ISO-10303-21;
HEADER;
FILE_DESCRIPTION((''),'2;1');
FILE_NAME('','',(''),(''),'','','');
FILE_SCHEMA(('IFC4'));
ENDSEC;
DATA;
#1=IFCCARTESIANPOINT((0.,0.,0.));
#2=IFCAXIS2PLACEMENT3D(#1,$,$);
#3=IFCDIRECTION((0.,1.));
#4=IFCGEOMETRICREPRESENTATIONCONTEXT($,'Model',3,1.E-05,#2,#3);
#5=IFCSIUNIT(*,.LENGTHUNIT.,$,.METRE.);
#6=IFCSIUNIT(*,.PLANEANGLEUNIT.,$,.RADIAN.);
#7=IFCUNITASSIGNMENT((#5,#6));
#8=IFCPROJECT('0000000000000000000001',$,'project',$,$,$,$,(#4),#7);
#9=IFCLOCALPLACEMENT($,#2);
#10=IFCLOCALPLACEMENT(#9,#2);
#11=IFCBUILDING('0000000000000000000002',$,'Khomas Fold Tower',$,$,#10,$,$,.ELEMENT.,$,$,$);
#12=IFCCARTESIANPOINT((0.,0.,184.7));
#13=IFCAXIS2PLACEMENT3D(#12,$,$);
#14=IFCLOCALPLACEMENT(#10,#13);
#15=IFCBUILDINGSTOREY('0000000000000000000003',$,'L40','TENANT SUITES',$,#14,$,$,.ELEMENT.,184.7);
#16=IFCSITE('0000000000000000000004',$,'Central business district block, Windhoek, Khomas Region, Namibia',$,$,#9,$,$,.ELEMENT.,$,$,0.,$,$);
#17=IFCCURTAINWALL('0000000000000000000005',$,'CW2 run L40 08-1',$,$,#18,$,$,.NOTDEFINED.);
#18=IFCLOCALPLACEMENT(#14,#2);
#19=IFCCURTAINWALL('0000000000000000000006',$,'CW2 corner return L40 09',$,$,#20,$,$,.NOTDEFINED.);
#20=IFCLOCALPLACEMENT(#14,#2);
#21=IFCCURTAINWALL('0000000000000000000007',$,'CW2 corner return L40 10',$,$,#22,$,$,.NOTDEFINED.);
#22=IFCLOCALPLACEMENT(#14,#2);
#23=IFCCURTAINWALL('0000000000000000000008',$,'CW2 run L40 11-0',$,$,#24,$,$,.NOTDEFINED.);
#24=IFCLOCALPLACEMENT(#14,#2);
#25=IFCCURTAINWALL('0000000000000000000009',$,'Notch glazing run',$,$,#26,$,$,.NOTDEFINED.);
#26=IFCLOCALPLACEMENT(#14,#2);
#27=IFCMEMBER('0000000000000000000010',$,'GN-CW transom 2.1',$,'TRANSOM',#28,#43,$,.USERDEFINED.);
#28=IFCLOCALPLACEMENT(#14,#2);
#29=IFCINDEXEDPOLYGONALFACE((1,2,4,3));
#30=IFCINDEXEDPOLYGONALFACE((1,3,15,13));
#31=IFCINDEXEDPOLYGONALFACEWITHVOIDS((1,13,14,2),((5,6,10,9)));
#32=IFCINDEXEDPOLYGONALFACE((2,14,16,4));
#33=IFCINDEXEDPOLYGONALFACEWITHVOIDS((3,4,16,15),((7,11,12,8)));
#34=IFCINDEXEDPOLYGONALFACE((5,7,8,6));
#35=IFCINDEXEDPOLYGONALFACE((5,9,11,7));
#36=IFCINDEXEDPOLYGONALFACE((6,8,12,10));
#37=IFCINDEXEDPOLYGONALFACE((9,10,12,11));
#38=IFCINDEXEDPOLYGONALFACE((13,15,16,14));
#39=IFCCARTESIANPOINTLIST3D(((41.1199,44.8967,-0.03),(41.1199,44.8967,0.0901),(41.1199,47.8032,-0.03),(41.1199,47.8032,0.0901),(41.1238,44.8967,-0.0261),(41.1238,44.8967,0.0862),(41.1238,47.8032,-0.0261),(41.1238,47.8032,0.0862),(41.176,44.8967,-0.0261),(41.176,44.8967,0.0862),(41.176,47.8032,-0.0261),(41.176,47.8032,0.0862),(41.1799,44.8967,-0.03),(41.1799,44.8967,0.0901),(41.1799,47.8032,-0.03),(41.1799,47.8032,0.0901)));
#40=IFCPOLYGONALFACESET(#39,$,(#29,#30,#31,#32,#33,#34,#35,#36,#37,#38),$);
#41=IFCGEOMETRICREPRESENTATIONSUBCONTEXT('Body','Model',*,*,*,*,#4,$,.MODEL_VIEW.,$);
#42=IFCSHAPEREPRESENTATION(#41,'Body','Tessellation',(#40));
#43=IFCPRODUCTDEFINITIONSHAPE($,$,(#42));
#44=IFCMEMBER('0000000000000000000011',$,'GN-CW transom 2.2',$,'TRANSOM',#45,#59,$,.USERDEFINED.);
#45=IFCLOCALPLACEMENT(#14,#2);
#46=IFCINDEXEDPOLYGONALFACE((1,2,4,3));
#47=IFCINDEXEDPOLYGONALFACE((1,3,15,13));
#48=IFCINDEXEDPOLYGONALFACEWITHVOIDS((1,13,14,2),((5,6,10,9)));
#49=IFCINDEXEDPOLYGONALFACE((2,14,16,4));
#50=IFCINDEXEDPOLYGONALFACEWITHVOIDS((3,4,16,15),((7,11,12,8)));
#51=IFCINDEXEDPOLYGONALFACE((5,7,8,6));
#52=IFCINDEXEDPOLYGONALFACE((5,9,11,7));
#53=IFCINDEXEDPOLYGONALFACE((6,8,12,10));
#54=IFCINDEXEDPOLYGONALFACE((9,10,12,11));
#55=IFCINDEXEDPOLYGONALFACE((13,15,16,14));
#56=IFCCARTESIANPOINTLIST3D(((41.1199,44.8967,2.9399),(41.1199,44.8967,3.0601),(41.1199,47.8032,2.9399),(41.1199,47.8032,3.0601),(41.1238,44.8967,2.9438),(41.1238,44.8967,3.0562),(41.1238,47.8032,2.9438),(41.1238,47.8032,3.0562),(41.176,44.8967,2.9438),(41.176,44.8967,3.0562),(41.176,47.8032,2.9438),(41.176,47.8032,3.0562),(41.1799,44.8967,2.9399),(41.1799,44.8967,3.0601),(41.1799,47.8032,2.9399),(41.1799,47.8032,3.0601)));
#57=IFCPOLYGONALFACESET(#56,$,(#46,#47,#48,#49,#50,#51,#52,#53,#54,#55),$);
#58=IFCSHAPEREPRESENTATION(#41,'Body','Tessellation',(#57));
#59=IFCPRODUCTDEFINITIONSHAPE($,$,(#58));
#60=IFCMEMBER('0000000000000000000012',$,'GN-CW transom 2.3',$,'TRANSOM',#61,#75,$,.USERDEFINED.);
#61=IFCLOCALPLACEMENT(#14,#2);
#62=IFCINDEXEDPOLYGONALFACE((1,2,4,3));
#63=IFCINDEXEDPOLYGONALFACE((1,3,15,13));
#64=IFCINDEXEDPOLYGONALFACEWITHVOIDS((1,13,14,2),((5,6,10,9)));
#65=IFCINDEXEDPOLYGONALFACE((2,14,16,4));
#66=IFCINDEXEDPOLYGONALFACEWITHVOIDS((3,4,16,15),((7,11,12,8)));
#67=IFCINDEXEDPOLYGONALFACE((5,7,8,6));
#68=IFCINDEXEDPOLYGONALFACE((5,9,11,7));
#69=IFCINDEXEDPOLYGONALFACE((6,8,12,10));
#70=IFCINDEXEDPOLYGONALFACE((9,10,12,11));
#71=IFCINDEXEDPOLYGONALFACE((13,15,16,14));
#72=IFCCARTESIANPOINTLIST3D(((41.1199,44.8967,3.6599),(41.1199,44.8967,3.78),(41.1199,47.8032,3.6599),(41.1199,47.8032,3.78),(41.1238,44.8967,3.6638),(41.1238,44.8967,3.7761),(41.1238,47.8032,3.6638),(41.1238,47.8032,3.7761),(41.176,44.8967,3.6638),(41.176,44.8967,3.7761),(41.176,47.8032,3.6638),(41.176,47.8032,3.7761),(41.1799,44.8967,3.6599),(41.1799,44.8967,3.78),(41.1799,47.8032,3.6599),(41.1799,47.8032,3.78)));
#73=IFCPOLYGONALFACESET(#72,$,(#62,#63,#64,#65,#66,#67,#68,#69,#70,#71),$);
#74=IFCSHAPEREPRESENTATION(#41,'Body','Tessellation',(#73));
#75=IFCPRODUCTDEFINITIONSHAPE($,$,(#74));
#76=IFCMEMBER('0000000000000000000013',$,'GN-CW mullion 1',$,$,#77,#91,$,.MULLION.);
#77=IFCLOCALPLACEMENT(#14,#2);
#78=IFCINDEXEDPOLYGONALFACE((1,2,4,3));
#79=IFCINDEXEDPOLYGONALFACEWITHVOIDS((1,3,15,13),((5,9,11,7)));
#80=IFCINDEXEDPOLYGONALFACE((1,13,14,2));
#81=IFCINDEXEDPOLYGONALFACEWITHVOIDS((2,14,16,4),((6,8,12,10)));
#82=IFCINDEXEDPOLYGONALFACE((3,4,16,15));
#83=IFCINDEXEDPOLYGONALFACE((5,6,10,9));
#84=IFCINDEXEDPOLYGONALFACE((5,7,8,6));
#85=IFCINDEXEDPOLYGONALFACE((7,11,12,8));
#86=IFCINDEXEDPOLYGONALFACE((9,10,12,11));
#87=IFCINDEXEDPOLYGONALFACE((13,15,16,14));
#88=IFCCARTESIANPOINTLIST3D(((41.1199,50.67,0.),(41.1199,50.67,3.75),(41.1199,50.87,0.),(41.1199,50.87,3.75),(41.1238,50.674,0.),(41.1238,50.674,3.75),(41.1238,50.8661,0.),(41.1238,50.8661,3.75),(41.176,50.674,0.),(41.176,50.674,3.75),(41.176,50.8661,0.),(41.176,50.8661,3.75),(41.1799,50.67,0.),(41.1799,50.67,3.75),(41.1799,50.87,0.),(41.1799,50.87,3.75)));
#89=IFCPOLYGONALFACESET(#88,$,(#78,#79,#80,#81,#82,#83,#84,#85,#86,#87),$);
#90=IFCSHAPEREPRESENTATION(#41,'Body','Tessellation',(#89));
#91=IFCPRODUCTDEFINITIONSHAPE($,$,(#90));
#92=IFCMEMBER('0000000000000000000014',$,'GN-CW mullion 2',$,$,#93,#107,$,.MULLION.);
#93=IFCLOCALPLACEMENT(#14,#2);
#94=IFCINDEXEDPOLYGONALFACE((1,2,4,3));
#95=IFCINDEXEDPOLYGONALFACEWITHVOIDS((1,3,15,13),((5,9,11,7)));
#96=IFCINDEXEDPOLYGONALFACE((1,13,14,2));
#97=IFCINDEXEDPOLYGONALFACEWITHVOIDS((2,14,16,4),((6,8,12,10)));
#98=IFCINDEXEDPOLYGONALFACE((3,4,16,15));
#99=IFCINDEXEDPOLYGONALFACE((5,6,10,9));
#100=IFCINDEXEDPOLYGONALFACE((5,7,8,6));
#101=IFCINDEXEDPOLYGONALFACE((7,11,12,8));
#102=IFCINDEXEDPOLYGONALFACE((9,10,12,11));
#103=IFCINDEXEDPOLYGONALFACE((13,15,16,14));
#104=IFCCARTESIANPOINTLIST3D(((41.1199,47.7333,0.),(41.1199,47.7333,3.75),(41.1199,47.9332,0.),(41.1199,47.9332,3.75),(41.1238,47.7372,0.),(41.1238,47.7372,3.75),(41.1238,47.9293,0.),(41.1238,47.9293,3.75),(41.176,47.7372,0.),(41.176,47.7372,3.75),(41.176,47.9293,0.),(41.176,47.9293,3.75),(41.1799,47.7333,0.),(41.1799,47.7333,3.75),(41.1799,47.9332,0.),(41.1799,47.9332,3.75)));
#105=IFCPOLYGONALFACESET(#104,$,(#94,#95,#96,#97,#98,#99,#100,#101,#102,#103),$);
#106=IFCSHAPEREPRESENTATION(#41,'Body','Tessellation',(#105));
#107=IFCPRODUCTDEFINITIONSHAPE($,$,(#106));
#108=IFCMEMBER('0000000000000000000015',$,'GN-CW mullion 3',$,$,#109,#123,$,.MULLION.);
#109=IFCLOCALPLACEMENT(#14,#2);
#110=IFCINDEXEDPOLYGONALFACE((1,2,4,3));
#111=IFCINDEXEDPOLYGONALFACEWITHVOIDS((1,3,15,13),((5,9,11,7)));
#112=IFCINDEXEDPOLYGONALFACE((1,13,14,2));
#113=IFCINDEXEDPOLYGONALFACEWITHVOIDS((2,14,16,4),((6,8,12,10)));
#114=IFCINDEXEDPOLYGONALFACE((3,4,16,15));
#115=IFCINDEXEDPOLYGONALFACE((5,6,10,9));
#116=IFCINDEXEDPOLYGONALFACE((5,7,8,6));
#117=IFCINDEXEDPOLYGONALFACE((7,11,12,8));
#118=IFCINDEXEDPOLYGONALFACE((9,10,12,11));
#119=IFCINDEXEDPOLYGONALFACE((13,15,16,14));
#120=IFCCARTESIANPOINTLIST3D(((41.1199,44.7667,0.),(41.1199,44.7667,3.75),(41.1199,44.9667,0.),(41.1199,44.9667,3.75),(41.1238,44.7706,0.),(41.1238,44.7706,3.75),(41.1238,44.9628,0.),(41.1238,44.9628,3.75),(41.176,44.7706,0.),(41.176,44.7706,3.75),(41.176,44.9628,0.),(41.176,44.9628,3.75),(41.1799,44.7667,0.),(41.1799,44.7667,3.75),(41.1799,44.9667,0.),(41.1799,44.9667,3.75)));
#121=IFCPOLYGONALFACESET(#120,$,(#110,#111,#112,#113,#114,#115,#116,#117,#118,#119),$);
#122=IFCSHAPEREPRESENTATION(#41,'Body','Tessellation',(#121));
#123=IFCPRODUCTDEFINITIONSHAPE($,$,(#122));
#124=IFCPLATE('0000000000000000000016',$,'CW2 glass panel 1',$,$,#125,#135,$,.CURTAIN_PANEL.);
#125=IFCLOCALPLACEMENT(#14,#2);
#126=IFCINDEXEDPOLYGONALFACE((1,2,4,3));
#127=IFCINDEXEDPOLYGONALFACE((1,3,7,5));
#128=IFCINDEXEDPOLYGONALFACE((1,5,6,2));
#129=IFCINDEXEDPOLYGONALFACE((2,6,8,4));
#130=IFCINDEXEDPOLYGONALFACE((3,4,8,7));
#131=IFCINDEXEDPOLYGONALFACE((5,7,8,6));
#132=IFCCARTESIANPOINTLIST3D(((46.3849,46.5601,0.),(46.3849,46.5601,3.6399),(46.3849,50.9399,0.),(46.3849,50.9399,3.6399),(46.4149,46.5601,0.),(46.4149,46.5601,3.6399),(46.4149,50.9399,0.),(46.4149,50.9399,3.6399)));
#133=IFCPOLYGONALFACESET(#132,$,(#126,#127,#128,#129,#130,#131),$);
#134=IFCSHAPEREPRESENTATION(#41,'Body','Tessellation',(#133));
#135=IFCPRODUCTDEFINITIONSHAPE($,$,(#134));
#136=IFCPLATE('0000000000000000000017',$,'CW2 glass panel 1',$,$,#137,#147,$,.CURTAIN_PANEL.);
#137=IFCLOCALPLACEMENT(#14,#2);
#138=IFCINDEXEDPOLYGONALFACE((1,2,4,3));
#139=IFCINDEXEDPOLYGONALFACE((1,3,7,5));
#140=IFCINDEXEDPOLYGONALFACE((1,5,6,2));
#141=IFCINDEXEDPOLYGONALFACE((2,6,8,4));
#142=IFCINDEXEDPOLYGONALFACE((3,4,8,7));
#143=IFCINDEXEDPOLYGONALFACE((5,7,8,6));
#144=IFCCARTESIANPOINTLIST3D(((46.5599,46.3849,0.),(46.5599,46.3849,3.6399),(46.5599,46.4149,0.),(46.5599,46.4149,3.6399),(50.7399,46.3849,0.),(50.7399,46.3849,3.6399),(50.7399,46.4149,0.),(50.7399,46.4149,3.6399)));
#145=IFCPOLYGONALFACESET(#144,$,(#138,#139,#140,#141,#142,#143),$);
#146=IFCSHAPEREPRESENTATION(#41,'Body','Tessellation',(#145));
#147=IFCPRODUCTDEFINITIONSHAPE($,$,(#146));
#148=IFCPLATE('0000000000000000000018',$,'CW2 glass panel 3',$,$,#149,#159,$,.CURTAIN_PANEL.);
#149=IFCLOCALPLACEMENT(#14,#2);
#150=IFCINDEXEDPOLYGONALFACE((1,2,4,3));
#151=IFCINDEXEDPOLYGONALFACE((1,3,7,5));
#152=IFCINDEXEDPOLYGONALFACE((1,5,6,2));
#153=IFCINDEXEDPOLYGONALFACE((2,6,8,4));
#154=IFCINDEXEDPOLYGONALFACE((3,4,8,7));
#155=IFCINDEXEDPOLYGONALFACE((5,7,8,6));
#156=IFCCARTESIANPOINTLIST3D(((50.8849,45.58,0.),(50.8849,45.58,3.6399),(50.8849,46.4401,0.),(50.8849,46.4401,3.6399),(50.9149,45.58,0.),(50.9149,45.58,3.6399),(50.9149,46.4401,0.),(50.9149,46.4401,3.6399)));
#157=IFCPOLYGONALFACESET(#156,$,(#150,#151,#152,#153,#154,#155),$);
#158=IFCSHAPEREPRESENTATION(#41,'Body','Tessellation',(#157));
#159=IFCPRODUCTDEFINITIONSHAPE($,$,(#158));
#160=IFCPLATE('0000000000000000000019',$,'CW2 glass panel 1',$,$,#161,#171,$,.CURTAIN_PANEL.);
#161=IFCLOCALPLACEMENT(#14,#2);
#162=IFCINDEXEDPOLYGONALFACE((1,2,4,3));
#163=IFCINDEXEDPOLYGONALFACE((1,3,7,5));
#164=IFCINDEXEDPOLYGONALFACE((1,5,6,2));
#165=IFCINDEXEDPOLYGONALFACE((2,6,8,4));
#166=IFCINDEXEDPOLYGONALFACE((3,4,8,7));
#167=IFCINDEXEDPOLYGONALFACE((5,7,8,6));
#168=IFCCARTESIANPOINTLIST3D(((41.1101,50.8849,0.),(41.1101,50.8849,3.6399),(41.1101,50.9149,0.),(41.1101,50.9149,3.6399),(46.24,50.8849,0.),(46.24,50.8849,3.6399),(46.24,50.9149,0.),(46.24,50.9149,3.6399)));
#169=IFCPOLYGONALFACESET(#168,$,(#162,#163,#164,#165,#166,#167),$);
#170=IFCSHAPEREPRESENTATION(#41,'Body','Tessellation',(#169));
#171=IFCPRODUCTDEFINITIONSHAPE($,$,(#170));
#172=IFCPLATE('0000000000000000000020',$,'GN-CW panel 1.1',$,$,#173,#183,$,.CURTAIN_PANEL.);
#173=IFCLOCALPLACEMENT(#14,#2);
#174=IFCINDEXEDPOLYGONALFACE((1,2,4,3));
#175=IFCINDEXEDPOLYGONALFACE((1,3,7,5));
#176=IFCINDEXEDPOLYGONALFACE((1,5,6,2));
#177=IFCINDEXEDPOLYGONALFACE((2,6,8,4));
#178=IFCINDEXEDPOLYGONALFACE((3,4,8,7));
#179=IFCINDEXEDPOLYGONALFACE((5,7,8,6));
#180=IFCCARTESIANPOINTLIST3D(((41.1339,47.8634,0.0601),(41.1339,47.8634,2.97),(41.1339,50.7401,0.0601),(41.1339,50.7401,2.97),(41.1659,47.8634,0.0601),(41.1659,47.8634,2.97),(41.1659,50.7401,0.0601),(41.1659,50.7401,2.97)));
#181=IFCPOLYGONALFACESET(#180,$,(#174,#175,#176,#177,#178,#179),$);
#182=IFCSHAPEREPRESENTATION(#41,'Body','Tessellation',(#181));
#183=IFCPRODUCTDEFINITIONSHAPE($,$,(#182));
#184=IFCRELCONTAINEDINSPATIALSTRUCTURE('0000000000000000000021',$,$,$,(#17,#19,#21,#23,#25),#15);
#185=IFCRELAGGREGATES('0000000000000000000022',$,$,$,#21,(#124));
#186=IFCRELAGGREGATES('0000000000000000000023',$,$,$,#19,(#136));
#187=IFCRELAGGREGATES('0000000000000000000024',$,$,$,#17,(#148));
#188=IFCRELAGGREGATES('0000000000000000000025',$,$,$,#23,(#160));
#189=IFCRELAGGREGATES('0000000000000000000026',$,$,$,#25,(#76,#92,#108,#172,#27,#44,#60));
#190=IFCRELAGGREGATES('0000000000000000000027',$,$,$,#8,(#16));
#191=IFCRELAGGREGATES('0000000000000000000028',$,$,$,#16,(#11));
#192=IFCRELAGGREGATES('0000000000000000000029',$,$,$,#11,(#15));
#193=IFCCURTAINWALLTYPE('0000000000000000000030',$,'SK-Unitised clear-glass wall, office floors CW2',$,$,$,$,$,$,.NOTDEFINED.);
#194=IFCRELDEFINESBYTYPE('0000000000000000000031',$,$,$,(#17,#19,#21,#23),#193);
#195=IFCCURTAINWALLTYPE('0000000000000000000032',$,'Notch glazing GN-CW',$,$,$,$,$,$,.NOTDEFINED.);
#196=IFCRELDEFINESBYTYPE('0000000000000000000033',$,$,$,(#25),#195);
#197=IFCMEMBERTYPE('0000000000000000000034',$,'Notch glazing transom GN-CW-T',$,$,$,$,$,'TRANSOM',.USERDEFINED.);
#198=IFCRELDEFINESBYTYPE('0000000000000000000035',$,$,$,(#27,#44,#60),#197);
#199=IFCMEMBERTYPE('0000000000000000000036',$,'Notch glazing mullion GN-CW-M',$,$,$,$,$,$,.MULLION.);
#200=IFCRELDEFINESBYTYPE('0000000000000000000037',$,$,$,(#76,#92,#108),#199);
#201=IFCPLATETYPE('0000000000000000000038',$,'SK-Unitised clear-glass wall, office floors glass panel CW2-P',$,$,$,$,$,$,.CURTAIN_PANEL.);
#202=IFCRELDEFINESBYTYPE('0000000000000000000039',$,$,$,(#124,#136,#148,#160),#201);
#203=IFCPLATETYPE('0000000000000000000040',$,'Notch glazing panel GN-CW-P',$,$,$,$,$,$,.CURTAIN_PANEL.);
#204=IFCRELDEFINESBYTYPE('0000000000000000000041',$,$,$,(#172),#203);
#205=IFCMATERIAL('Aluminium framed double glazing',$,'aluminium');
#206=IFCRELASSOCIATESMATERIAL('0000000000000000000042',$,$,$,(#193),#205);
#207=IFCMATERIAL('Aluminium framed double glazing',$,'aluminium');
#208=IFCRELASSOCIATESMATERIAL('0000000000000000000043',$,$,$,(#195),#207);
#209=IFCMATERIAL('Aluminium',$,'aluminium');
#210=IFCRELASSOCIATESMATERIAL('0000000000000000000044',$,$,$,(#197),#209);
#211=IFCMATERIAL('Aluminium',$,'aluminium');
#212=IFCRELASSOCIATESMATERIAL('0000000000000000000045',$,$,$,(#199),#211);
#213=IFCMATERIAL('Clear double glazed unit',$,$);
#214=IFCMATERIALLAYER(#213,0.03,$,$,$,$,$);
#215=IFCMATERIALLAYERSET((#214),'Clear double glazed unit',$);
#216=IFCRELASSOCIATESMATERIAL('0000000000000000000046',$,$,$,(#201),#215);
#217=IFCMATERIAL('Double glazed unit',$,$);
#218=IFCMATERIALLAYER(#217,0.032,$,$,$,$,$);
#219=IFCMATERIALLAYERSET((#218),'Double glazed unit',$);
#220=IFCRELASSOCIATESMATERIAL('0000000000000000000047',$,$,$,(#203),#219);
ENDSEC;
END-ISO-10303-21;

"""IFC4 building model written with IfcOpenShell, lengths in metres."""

from ifc_helpers import new_model, si_unit, direction, frame, origin, origin_2d, place, context, subcontext, project, spatial, rectangle, hollow_rectangle, extrude, source, transform, mapped, material, layer, layer_set, material_profile, profile_set, type_object, element, aggregate, save


model = new_model("IFC4")

# Units and contexts
model_context = context("Model", 3, precision=1e-05, world=origin(), true_north=direction((0.0, 1.0)))
body_context = subcontext(model_context, "Body", "Model", "MODEL_VIEW")
ifc_project = project(units=[si_unit("LENGTHUNIT", "METRE"), si_unit("PLANEANGLEUNIT", "RADIAN")], contexts=[model_context])

# Site, building, storey
site_placement = place(None, origin())
site = spatial("IfcSite", under=ifc_project, at=site_placement, Name="Central business district block, Windhoek, Khomas Region, Namibia", CompositionType="ELEMENT", RefElevation=0.0)
building_placement = place(site_placement, origin())
building = spatial("IfcBuilding", under=site, at=building_placement, Name="Khomas Fold Tower", CompositionType="ELEMENT")
storey_placement = place(building_placement, frame((0.0, 0.0, 184.7)))
storey = spatial("IfcBuildingStorey", under=building, at=storey_placement, Name="L40", Description="TENANT SUITES", CompositionType="ELEMENT", Elevation=184.7)

# Curtain walls
ifc_material_1 = material(Name="Aluminium framed double glazing", Category="aluminium")
curtain_wall_type_1 = type_object("IfcCurtainWallType", Name="SK-Unitised clear-glass wall, office floors CW2", PredefinedType="NOTDEFINED", material=ifc_material_1)
curtain_wall_1_placement = place(storey_placement, origin())
curtain_wall_1 = element("IfcCurtainWall", 1, at=curtain_wall_1_placement, inside=storey, type_object=curtain_wall_type_1, Name="CW2 run L40 08-1", PredefinedType="NOTDEFINED")
curtain_wall_2_placement = place(storey_placement, origin())
curtain_wall_2 = element("IfcCurtainWall", 2, at=curtain_wall_2_placement, inside=storey, type_object=curtain_wall_type_1, Name="CW2 corner return L40 09", PredefinedType="NOTDEFINED")
curtain_wall_3_placement = place(storey_placement, origin())
curtain_wall_3 = element("IfcCurtainWall", 3, at=curtain_wall_3_placement, inside=storey, type_object=curtain_wall_type_1, Name="CW2 corner return L40 10", PredefinedType="NOTDEFINED")

# Curtain wall
curtain_wall_4_placement = place(storey_placement, origin())
curtain_wall_4 = element("IfcCurtainWall", 4, at=curtain_wall_4_placement, inside=storey, type_object=curtain_wall_type_1, Name="CW2 run L40 11-0", PredefinedType="NOTDEFINED")

# Curtain wall, members
ifc_material_2 = material(Name="Aluminium framed double glazing", Category="aluminium")
curtain_wall_type_2 = type_object("IfcCurtainWallType", Name="Notch glazing GN-CW", PredefinedType="NOTDEFINED", material=ifc_material_2)
curtain_wall_5_placement = place(storey_placement, origin())
curtain_wall_5 = element("IfcCurtainWall", 5, at=curtain_wall_5_placement, inside=storey, type_object=curtain_wall_type_2, Name="Notch glazing run", PredefinedType="NOTDEFINED")
ifc_material_3 = material(Name="Aluminium", Category="aluminium")
ifc_material_profile_1 = material_profile(ifc_material_3, hollow_rectangle(XDim=0.0601, YDim=0.1201, WallThickness=0.0039, at=origin_2d()), Name="Notch glazing transom GN-CW-T")
ifc_profile_set_1 = profile_set([ifc_material_profile_1], Name="Aluminium")
member_type_1 = type_object("IfcMemberType", Name="Notch glazing transom GN-CW-T", ElementType="TRANSOM", PredefinedType="USERDEFINED", material=ifc_profile_set_1)
shared_shape_1 = source(origin(), body_context, "Body", "SweptSolid", [
    extrude(hollow_rectangle(XDim=0.0601, YDim=0.1201, WallThickness=0.0039, at=origin_2d()), origin(), (0.0, 0.0, 1.0), 2.9065),
])
member_1_placement = place(storey_placement, frame((41.1499, 47.8032, 0.03), z_axis=(0.0, -1.0, 0.0), x_axis=(1.0, 0.0, 0.0)))
member_1 = element("IfcMember", 6, at=member_1_placement, type_object=member_type_1, Name="GN-CW transom 2.1", ObjectType="TRANSOM", PredefinedType="USERDEFINED", context=body_context, shape_type="MappedRepresentation", body=[
    mapped(shared_shape_1, transform((0.0, 0.0, 0.0))),
])
member_2_placement = place(storey_placement, frame((41.1499, 47.8032, 3.0), z_axis=(0.0, -1.0, 0.0), x_axis=(1.0, 0.0, 0.0)))
member_2 = element("IfcMember", 7, at=member_2_placement, type_object=member_type_1, Name="GN-CW transom 2.2", ObjectType="TRANSOM", PredefinedType="USERDEFINED", context=body_context, shape_type="MappedRepresentation", body=[
    mapped(shared_shape_1, transform((0.0, 0.0, 0.0))),
])
member_3_placement = place(storey_placement, frame((41.1499, 47.8032, 3.72), z_axis=(0.0, -1.0, 0.0), x_axis=(1.0, 0.0, 0.0)))
member_3 = element("IfcMember", 8, at=member_3_placement, type_object=member_type_1, Name="GN-CW transom 2.3", ObjectType="TRANSOM", PredefinedType="USERDEFINED", context=body_context, shape_type="MappedRepresentation", body=[
    mapped(shared_shape_1, transform((0.0, 0.0, 0.0))),
])
ifc_material_4 = material(Name="Aluminium", Category="aluminium")
ifc_material_profile_2 = material_profile(ifc_material_4, hollow_rectangle(XDim=0.0601, YDim=0.2, WallThickness=0.0039, at=origin_2d()), Name="Notch glazing mullion GN-CW-M")
ifc_profile_set_2 = profile_set([ifc_material_profile_2], Name="Aluminium")
member_type_2 = type_object("IfcMemberType", Name="Notch glazing mullion GN-CW-M", PredefinedType="MULLION", material=ifc_profile_set_2)
shared_shape_2 = source(origin(), body_context, "Body", "SweptSolid", [
    extrude(hollow_rectangle(XDim=0.0601, YDim=0.2, WallThickness=0.0039, at=origin_2d()), origin(), (0.0, 0.0, 1.0), 3.75),
])
member_4_placement = place(storey_placement, frame((41.1499, 50.77, 0.0), z_axis=(0.0, 0.0, 1.0), x_axis=(1.0, 0.0, 0.0)))
member_4 = element("IfcMember", 9, at=member_4_placement, type_object=member_type_2, Name="GN-CW mullion 1", PredefinedType="MULLION", context=body_context, shape_type="MappedRepresentation", body=[
    mapped(shared_shape_2, transform((0.0, 0.0, 0.0))),
])
member_5_placement = place(storey_placement, frame((41.1499, 47.8333, 0.0), z_axis=(0.0, 0.0, 1.0), x_axis=(1.0, 0.0, 0.0)))
member_5 = element("IfcMember", 10, at=member_5_placement, type_object=member_type_2, Name="GN-CW mullion 2", PredefinedType="MULLION", context=body_context, shape_type="MappedRepresentation", body=[
    mapped(shared_shape_2, transform((0.0, 0.0, 0.0))),
])
member_6_placement = place(storey_placement, frame((41.1499, 44.8667, 0.0), z_axis=(0.0, 0.0, 1.0), x_axis=(1.0, 0.0, 0.0)))
member_6 = element("IfcMember", 11, at=member_6_placement, type_object=member_type_2, Name="GN-CW mullion 3", PredefinedType="MULLION", context=body_context, shape_type="MappedRepresentation", body=[
    mapped(shared_shape_2, transform((0.0, 0.0, 0.0))),
])

# Plates
ifc_material_5 = material(Name="Clear double glazed unit")
ifc_layer_1 = layer(ifc_material_5, 0.03)
ifc_layer_set_1 = layer_set([ifc_layer_1], Name="Clear double glazed unit")
plate_type_1 = type_object("IfcPlateType", Name="SK-Unitised clear-glass wall, office floors glass panel CW2-P", PredefinedType="CURTAIN_PANEL", material=ifc_layer_set_1)
shared_shape_3 = source(origin(), body_context, "Body", "SweptSolid", [
    extrude(rectangle(XDim=4.3799, YDim=0.03, at=origin_2d()), origin(), (0.0, 0.0, 1.0), 3.6399),
])
plate_1_placement = place(storey_placement, frame((46.3999, 48.75, 0.0), z_axis=(0.0, 0.0, 1.0), x_axis=(0.0, 1.0, 0.0)))
plate_1 = element("IfcPlate", 12, at=plate_1_placement, type_object=plate_type_1, Name="CW2 glass panel 1", PredefinedType="CURTAIN_PANEL", context=body_context, shape_type="MappedRepresentation", body=[
    mapped(shared_shape_3, transform((0.0, 0.0, 0.0))),
])
aggregate(curtain_wall_3, [plate_1])
shared_shape_4 = source(origin(), body_context, "Body", "SweptSolid", [
    extrude(rectangle(XDim=4.1799, YDim=0.03, at=origin_2d()), origin(), (0.0, 0.0, 1.0), 3.6399),
])
plate_2_placement = place(storey_placement, frame((48.6499, 46.3999, 0.0), z_axis=(0.0, 0.0, 1.0), x_axis=(-1.0, 0.0, 0.0)))
plate_2 = element("IfcPlate", 13, at=plate_2_placement, type_object=plate_type_1, Name="CW2 glass panel 1", PredefinedType="CURTAIN_PANEL", context=body_context, shape_type="MappedRepresentation", body=[
    mapped(shared_shape_4, transform((0.0, 0.0, 0.0))),
])
aggregate(curtain_wall_2, [plate_2])
shared_shape_5 = source(origin(), body_context, "Body", "SweptSolid", [
    extrude(rectangle(XDim=0.8601, YDim=0.03, at=origin_2d()), origin(), (0.0, 0.0, 1.0), 3.6399),
])
plate_3_placement = place(storey_placement, frame((50.8999, 46.01, 0.0), z_axis=(0.0, 0.0, 1.0), x_axis=(0.0, 1.0, 0.0)))
plate_3 = element("IfcPlate", 14, at=plate_3_placement, type_object=plate_type_1, Name="CW2 glass panel 3", PredefinedType="CURTAIN_PANEL", context=body_context, shape_type="MappedRepresentation", body=[
    mapped(shared_shape_5, transform((0.0, 0.0, 0.0))),
])
aggregate(curtain_wall_1, [plate_3])
shared_shape_6 = source(origin(), body_context, "Body", "SweptSolid", [
    extrude(rectangle(XDim=5.1299, YDim=0.03, at=origin_2d()), origin(), (0.0, 0.0, 1.0), 3.6399),
])
plate_4_placement = place(storey_placement, frame((43.675, 50.8999, 0.0), z_axis=(0.0, 0.0, 1.0), x_axis=(-1.0, 0.0, 0.0)))
plate_4 = element("IfcPlate", 15, at=plate_4_placement, type_object=plate_type_1, Name="CW2 glass panel 1", PredefinedType="CURTAIN_PANEL", context=body_context, shape_type="MappedRepresentation", body=[
    mapped(shared_shape_6, transform((0.0, 0.0, 0.0))),
])
aggregate(curtain_wall_4, [plate_4])
ifc_material_6 = material(Name="Double glazed unit")
ifc_layer_2 = layer(ifc_material_6, 0.032)
ifc_layer_set_2 = layer_set([ifc_layer_2], Name="Double glazed unit")
plate_type_2 = type_object("IfcPlateType", Name="Notch glazing panel GN-CW-P", PredefinedType="CURTAIN_PANEL", material=ifc_layer_set_2)
shared_shape_7 = source(origin(), body_context, "Body", "SweptSolid", [
    extrude(rectangle(XDim=2.8767, YDim=0.032, at=origin_2d()), origin(), (0.0, 0.0, 1.0), 2.9099),
])
plate_5_placement = place(storey_placement, frame((41.1499, 49.3018, 0.0601), z_axis=(0.0, 0.0, 1.0), x_axis=(0.0, -1.0, 0.0)))
plate_5 = element("IfcPlate", 16, at=plate_5_placement, type_object=plate_type_2, Name="GN-CW panel 1.1", PredefinedType="CURTAIN_PANEL", context=body_context, shape_type="MappedRepresentation", body=[
    mapped(shared_shape_7, transform((0.0, 0.0, 0.0))),
])
aggregate(curtain_wall_5, [member_4, member_5, member_6, plate_5, member_1, member_2, member_3])

save(model, "model.ifc")
